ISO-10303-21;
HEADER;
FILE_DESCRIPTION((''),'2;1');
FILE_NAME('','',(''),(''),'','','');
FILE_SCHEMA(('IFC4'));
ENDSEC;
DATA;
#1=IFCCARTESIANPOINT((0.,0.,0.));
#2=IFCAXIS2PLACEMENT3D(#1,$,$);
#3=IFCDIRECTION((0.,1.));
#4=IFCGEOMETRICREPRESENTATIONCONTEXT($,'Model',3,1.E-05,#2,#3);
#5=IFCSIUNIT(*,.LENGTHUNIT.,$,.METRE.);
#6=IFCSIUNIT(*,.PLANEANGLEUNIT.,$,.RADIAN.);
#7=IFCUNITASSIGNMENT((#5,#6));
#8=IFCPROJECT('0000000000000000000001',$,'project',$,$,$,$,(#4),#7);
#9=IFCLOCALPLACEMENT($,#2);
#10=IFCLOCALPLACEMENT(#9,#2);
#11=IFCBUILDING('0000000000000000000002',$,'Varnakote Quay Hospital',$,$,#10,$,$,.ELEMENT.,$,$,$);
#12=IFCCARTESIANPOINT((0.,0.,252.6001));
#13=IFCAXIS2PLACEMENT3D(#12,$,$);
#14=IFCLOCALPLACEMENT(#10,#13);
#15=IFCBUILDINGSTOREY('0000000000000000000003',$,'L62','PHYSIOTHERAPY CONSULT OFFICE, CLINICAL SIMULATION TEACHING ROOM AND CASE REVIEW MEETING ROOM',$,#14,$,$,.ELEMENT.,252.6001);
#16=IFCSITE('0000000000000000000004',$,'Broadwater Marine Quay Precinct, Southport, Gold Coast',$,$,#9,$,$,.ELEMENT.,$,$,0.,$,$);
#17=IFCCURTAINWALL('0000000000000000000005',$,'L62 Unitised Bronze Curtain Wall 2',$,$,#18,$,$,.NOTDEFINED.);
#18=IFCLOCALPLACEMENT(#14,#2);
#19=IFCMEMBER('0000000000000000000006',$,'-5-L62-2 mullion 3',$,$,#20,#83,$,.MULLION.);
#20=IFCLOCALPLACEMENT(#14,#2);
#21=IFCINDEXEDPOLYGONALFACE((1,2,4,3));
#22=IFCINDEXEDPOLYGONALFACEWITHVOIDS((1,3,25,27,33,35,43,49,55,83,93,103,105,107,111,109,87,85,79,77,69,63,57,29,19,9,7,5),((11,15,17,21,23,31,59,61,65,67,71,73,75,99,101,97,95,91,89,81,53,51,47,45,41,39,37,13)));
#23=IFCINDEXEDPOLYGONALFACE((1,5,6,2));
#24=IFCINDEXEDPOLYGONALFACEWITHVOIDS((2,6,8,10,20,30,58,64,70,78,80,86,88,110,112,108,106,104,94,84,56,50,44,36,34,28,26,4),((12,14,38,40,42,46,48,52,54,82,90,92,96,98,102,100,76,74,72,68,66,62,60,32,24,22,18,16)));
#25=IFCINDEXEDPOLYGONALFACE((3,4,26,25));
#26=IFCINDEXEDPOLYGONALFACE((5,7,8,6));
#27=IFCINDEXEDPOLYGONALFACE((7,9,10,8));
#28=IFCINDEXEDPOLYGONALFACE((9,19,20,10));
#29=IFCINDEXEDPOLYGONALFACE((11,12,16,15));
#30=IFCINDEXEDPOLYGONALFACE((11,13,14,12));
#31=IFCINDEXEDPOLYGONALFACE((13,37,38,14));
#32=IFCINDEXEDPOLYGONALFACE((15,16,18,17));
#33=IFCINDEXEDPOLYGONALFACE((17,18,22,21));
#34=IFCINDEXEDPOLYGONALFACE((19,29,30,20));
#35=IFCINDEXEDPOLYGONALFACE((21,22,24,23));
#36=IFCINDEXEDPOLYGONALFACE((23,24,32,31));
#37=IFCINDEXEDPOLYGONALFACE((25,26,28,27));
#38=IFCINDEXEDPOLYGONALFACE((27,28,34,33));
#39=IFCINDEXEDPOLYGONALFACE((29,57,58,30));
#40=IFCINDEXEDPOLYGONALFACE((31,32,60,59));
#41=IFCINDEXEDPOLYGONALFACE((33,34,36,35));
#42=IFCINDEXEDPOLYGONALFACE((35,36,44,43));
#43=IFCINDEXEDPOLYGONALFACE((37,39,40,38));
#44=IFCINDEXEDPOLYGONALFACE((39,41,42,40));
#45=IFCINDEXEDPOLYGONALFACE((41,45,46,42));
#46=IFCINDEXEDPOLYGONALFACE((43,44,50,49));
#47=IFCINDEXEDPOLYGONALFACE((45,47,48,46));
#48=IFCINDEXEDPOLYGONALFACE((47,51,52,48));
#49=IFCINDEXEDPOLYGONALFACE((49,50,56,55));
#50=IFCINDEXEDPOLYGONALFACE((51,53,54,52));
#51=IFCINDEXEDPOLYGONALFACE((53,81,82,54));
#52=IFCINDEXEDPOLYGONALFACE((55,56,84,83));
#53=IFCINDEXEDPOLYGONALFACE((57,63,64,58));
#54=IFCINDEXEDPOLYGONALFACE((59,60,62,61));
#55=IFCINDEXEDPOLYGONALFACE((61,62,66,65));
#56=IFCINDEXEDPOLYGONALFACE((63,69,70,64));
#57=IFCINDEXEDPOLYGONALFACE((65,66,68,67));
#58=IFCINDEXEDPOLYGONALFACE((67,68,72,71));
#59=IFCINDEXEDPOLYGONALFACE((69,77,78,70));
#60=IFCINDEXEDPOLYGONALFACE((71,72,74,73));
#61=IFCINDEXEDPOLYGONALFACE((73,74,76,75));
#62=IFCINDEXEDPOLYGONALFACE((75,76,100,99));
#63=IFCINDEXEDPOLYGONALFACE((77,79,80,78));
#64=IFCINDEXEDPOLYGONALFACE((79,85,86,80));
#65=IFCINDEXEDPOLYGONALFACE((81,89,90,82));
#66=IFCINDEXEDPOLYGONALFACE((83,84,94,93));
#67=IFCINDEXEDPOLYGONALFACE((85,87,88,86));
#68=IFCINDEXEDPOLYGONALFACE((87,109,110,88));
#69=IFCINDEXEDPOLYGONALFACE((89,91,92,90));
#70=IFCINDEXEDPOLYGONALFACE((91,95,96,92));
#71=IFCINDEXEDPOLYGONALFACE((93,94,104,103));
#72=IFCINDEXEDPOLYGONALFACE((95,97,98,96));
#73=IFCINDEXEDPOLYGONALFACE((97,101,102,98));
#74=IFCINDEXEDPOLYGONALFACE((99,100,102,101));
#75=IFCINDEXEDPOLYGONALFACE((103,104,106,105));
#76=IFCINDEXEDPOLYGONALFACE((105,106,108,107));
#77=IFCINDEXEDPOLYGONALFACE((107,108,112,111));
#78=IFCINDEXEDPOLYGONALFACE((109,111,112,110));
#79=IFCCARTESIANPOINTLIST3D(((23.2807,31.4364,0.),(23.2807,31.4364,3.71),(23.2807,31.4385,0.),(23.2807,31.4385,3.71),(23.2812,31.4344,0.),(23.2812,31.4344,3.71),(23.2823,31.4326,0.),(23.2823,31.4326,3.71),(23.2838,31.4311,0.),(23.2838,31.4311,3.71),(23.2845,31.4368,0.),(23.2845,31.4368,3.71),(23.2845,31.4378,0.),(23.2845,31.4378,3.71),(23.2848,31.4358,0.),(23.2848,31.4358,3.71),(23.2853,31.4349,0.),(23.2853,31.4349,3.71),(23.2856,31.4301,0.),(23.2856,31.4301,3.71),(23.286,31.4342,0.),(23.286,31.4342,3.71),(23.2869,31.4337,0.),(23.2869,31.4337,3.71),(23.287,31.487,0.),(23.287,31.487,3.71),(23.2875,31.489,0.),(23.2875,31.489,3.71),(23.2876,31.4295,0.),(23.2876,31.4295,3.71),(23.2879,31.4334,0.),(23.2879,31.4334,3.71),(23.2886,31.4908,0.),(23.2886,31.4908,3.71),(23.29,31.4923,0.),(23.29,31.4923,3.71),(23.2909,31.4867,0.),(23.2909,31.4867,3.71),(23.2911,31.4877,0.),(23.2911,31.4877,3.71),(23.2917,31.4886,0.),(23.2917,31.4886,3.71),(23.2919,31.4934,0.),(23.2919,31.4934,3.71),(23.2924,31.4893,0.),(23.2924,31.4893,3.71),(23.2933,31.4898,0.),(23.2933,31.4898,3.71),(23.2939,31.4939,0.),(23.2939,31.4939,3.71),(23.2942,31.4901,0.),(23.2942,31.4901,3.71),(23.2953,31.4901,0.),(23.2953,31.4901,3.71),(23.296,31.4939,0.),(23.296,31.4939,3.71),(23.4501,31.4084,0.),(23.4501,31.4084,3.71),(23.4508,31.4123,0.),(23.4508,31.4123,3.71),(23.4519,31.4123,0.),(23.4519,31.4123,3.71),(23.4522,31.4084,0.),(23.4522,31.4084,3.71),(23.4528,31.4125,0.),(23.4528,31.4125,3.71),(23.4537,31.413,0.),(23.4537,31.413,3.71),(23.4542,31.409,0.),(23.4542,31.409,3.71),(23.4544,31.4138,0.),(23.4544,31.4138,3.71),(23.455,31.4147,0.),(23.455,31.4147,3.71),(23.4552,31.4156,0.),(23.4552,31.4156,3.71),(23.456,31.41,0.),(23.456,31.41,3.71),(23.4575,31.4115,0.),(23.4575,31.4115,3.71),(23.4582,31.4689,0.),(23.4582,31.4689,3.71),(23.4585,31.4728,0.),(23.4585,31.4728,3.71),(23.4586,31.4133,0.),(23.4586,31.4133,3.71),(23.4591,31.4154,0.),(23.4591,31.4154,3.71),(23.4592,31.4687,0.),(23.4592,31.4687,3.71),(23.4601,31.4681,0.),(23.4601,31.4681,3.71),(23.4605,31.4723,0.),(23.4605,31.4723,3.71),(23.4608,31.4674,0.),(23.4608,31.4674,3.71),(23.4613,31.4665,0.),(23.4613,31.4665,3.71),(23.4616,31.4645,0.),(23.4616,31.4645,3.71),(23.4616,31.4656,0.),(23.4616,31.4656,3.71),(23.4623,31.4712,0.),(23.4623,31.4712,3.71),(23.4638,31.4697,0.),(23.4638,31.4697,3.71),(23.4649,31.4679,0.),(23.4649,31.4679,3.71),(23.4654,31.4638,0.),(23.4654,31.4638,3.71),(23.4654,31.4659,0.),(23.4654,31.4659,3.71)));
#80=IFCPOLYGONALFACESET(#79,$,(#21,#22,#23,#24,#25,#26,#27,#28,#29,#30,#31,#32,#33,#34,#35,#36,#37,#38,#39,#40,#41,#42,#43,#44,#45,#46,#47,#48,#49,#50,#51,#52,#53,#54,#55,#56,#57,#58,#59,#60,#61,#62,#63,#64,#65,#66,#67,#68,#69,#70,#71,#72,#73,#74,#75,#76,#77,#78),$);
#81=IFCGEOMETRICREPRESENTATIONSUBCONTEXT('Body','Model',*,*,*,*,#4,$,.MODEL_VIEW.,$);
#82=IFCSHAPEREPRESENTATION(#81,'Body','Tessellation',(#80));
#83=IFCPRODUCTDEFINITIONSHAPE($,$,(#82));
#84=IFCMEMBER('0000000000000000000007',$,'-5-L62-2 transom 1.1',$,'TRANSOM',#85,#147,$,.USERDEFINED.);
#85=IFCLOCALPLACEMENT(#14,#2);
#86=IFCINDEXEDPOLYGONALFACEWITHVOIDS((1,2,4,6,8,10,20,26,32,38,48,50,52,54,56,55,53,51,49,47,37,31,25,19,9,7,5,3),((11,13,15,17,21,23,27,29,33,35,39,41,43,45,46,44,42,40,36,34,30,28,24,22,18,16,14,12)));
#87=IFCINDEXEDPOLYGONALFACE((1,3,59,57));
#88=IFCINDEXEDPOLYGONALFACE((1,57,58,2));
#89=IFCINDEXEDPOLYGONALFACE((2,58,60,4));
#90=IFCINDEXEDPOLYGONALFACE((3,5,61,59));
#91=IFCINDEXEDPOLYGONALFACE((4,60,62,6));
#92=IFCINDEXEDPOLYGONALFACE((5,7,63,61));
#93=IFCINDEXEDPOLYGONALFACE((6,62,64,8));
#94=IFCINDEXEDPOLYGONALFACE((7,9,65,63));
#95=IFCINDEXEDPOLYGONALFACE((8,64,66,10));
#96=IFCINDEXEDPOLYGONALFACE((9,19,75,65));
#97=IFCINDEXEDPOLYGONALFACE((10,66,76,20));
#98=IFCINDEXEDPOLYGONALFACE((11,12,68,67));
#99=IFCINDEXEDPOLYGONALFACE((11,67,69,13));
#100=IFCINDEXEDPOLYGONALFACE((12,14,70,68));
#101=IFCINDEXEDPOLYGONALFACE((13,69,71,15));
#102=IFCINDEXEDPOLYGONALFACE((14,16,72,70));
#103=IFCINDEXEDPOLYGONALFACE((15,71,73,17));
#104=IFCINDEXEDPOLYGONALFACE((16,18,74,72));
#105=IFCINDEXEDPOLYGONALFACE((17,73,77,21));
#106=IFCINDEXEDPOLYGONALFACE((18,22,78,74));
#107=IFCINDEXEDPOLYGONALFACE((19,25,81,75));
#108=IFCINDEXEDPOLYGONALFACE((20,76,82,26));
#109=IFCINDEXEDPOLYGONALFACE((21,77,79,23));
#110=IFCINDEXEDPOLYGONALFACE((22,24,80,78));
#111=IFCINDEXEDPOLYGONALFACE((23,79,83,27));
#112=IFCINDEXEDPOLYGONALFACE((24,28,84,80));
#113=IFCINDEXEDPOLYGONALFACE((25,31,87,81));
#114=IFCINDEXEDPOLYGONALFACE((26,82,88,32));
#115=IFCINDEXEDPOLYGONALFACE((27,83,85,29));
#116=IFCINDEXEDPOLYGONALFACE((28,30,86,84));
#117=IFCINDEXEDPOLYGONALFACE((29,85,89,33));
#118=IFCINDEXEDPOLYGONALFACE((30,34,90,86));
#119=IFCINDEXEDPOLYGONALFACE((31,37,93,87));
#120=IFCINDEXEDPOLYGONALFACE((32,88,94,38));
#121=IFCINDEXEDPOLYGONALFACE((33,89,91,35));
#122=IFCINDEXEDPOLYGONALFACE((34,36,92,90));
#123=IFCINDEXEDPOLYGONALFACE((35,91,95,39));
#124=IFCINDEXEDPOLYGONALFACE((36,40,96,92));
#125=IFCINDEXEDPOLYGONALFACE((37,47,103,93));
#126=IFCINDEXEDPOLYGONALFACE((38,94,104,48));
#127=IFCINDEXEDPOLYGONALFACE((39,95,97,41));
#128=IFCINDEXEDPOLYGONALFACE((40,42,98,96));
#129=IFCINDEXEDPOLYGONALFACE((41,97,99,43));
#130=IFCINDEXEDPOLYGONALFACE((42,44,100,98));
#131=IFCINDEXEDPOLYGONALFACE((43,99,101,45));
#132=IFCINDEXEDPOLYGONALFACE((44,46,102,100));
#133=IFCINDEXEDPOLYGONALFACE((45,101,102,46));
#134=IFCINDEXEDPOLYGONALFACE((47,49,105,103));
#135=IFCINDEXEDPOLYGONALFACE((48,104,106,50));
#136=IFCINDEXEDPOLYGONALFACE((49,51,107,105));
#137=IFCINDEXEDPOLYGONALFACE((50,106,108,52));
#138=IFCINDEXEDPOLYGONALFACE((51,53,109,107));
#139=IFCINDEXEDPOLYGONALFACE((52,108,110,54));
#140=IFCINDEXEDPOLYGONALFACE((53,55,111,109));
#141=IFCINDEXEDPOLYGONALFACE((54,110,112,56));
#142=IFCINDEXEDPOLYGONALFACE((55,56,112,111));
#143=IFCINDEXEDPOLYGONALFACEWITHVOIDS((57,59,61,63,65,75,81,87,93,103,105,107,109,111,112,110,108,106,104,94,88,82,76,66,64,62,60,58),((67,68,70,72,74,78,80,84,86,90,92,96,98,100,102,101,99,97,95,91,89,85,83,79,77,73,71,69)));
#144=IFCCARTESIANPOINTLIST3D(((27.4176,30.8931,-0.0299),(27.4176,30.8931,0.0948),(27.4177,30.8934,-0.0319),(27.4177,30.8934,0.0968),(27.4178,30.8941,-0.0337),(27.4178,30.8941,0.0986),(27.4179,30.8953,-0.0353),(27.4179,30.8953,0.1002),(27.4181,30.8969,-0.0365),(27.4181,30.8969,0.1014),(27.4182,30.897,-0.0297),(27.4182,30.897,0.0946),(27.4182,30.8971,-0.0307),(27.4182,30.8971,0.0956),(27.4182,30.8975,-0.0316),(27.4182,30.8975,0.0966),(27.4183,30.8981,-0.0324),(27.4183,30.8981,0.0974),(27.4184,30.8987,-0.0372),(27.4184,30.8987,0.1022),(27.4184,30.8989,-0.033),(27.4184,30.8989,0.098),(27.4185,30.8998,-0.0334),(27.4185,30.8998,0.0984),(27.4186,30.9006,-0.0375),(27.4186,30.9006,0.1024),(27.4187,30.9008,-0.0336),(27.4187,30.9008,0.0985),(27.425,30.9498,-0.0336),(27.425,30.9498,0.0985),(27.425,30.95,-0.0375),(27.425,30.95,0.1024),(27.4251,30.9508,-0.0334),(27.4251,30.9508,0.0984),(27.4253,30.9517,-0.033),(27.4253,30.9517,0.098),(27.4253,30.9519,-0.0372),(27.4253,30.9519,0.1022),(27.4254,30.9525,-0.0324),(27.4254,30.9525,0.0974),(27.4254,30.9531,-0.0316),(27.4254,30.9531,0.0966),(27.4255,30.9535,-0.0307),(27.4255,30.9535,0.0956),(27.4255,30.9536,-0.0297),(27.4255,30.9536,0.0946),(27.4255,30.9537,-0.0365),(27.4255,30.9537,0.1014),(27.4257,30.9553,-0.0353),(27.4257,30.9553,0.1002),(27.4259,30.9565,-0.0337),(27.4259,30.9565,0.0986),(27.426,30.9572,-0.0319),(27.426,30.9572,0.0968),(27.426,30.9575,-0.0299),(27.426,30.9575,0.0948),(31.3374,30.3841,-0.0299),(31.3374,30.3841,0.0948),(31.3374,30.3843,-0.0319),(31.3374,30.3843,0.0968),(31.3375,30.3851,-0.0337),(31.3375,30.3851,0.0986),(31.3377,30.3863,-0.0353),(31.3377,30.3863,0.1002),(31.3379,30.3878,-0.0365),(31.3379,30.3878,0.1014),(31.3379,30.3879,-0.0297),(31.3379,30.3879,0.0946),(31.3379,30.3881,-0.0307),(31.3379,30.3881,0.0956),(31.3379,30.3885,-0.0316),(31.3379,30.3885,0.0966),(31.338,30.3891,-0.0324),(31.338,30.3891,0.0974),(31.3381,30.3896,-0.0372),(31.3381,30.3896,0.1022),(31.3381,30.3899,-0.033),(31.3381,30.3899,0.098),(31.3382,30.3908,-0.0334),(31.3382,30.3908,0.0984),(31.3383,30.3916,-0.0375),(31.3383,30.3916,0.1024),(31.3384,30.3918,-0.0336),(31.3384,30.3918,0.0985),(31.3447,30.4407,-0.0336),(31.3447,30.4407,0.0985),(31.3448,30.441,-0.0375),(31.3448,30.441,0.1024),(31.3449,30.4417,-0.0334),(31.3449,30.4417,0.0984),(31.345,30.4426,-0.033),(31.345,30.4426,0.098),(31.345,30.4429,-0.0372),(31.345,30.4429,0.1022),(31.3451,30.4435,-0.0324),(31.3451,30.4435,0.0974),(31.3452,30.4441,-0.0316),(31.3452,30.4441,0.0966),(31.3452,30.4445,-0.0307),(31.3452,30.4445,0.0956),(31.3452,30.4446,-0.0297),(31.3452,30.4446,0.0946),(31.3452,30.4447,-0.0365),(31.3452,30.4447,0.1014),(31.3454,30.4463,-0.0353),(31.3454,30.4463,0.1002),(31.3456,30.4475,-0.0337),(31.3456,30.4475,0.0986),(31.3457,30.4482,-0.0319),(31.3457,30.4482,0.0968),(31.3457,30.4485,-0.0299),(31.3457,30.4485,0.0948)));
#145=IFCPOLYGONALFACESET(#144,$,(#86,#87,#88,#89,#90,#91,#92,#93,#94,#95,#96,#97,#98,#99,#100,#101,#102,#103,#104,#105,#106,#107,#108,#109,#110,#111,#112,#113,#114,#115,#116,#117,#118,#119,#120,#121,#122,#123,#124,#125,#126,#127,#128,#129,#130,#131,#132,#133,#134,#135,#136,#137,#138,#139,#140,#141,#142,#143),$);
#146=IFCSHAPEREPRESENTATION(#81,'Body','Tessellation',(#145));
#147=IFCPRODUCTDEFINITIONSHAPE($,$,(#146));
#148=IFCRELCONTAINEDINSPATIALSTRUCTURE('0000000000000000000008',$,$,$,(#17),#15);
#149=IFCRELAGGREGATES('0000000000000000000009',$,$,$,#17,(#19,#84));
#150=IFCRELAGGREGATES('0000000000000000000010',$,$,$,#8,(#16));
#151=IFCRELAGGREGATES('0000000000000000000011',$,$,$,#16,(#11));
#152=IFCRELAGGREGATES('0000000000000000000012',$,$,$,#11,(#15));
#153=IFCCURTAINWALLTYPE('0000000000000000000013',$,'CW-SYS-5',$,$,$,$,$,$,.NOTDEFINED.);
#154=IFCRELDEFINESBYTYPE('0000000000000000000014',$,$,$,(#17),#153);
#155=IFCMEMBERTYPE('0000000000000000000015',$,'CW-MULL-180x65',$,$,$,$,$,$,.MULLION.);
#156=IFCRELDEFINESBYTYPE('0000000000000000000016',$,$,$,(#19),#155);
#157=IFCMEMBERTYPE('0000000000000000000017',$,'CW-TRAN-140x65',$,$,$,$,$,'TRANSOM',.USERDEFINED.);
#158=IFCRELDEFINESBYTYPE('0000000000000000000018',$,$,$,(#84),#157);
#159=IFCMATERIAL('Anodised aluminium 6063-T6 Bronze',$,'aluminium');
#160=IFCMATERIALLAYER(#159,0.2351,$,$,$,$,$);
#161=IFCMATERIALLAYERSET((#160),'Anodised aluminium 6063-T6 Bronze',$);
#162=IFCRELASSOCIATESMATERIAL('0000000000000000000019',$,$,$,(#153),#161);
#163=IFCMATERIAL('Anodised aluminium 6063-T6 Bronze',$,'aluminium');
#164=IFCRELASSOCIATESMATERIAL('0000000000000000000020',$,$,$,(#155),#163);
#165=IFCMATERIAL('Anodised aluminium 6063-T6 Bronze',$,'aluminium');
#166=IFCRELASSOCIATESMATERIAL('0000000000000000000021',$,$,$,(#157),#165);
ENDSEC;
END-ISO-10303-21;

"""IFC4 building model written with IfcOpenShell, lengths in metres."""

from ifc_helpers import new_model, si_unit, direction, frame, origin, origin_2d, place, context, subcontext, project, spatial, hollow_rectangle, extrude, material, layer, layer_set, material_profile, profile_set, type_object, element, aggregate, save


model = new_model("IFC4")

# Units and contexts
model_context = context("Model", 3, precision=1e-05, world=origin(), true_north=direction((0.0, 1.0)))
body_context = subcontext(model_context, "Body", "Model", "MODEL_VIEW")
ifc_project = project(units=[si_unit("LENGTHUNIT", "METRE"), si_unit("PLANEANGLEUNIT", "RADIAN")], contexts=[model_context])

# Site, building, storey
site_placement = place(None, origin())
site = spatial("IfcSite", under=ifc_project, at=site_placement, Name="Broadwater Marine Quay Precinct, Southport, Gold Coast", CompositionType="ELEMENT", RefElevation=0.0)
building_placement = place(site_placement, origin())
building = spatial("IfcBuilding", under=site, at=building_placement, Name="Varnakote Quay Hospital", CompositionType="ELEMENT")
storey_placement = place(building_placement, frame((0.0, 0.0, 252.6001)))
storey = spatial("IfcBuildingStorey", under=building, at=storey_placement, Name="L62", Description="PHYSIOTHERAPY CONSULT OFFICE, CLINICAL SIMULATION TEACHING ROOM AND CASE REVIEW MEETING ROOM", CompositionType="ELEMENT", Elevation=252.6001)

# Shared definitions
ifc_material_1 = material(Name="Anodised aluminium 6063-T6 Bronze", Category="aluminium")
ifc_layer_1 = layer(ifc_material_1, 0.2351)
ifc_layer_set_1 = layer_set([ifc_layer_1], Name="Anodised aluminium 6063-T6 Bronze")
curtain_wall_type = type_object("IfcCurtainWallType", Name="CW-SYS-5", PredefinedType="NOTDEFINED", material=ifc_layer_set_1)
ifc_material_2 = material(Name="Anodised aluminium 6063-T6 Bronze", Category="aluminium")
ifc_material_profile_1 = material_profile(ifc_material_2, hollow_rectangle(XDim=0.0649, YDim=0.1799, WallThickness=0.0039, InnerFilletRadius=0.0039, OuterFilletRadius=0.0081, at=origin_2d()), Name="CW-MULL-180x65")
ifc_profile_set_1 = profile_set([ifc_material_profile_1], Name="Anodised aluminium 6063-T6 Bronze")
member_type_1 = type_object("IfcMemberType", Name="CW-MULL-180x65", PredefinedType="MULLION", material=ifc_profile_set_1)

# Curtain wall, members
curtain_wall_1_placement = place(storey_placement, origin())
curtain_wall_1 = element("IfcCurtainWall", 1, at=curtain_wall_1_placement, inside=storey, type_object=curtain_wall_type, Name="L62 Unitised Bronze Curtain Wall 2", PredefinedType="NOTDEFINED")
member_1_placement = place(storey_placement, frame((23.373, 31.4512, 0.0), z_axis=(0.0, 0.0, 1.0), x_axis=(-0.128787, -0.991672, 0.0)))
member_1 = element("IfcMember", 2, at=member_1_placement, type_object=member_type_1, Name="-5-L62-2 mullion 3", PredefinedType="MULLION", context=body_context, shape_type="SweptSolid", body=[
    extrude(hollow_rectangle(XDim=0.0649, YDim=0.1799, WallThickness=0.0039, InnerFilletRadius=0.0039, OuterFilletRadius=0.0081, at=origin_2d()), origin(), (0.0, 0.0, 1.0), 3.71),
])
ifc_material_3 = material(Name="Anodised aluminium 6063-T6 Bronze", Category="aluminium")
ifc_material_profile_2 = material_profile(ifc_material_3, hollow_rectangle(XDim=0.0649, YDim=0.1399, WallThickness=0.0039, InnerFilletRadius=0.0039, OuterFilletRadius=0.0076, at=origin_2d()), Name="CW-TRAN-140x65")
ifc_profile_set_2 = profile_set([ifc_material_profile_2], Name="Anodised aluminium 6063-T6 Bronze")
member_type_2 = type_object("IfcMemberType", Name="CW-TRAN-140x65", ElementType="TRANSOM", PredefinedType="USERDEFINED", material=ifc_profile_set_2)
member_2_placement = place(storey_placement, frame((31.3416, 30.4163, 0.0325), z_axis=(-0.991673, 0.128785, 0.0), x_axis=(-0.128785, -0.991673, 0.0)))
member_2 = element("IfcMember", 3, at=member_2_placement, type_object=member_type_2, Name="-5-L62-2 transom 1.1", ObjectType="TRANSOM", PredefinedType="USERDEFINED", context=body_context, shape_type="SweptSolid", body=[
    extrude(hollow_rectangle(XDim=0.0649, YDim=0.1399, WallThickness=0.0039, InnerFilletRadius=0.0039, OuterFilletRadius=0.0076, at=origin_2d()), origin(), (0.0, 0.0, 1.0), 3.9526),
])

aggregate(curtain_wall_1, [member_1, member_2])

save(model, "model.ifc")
